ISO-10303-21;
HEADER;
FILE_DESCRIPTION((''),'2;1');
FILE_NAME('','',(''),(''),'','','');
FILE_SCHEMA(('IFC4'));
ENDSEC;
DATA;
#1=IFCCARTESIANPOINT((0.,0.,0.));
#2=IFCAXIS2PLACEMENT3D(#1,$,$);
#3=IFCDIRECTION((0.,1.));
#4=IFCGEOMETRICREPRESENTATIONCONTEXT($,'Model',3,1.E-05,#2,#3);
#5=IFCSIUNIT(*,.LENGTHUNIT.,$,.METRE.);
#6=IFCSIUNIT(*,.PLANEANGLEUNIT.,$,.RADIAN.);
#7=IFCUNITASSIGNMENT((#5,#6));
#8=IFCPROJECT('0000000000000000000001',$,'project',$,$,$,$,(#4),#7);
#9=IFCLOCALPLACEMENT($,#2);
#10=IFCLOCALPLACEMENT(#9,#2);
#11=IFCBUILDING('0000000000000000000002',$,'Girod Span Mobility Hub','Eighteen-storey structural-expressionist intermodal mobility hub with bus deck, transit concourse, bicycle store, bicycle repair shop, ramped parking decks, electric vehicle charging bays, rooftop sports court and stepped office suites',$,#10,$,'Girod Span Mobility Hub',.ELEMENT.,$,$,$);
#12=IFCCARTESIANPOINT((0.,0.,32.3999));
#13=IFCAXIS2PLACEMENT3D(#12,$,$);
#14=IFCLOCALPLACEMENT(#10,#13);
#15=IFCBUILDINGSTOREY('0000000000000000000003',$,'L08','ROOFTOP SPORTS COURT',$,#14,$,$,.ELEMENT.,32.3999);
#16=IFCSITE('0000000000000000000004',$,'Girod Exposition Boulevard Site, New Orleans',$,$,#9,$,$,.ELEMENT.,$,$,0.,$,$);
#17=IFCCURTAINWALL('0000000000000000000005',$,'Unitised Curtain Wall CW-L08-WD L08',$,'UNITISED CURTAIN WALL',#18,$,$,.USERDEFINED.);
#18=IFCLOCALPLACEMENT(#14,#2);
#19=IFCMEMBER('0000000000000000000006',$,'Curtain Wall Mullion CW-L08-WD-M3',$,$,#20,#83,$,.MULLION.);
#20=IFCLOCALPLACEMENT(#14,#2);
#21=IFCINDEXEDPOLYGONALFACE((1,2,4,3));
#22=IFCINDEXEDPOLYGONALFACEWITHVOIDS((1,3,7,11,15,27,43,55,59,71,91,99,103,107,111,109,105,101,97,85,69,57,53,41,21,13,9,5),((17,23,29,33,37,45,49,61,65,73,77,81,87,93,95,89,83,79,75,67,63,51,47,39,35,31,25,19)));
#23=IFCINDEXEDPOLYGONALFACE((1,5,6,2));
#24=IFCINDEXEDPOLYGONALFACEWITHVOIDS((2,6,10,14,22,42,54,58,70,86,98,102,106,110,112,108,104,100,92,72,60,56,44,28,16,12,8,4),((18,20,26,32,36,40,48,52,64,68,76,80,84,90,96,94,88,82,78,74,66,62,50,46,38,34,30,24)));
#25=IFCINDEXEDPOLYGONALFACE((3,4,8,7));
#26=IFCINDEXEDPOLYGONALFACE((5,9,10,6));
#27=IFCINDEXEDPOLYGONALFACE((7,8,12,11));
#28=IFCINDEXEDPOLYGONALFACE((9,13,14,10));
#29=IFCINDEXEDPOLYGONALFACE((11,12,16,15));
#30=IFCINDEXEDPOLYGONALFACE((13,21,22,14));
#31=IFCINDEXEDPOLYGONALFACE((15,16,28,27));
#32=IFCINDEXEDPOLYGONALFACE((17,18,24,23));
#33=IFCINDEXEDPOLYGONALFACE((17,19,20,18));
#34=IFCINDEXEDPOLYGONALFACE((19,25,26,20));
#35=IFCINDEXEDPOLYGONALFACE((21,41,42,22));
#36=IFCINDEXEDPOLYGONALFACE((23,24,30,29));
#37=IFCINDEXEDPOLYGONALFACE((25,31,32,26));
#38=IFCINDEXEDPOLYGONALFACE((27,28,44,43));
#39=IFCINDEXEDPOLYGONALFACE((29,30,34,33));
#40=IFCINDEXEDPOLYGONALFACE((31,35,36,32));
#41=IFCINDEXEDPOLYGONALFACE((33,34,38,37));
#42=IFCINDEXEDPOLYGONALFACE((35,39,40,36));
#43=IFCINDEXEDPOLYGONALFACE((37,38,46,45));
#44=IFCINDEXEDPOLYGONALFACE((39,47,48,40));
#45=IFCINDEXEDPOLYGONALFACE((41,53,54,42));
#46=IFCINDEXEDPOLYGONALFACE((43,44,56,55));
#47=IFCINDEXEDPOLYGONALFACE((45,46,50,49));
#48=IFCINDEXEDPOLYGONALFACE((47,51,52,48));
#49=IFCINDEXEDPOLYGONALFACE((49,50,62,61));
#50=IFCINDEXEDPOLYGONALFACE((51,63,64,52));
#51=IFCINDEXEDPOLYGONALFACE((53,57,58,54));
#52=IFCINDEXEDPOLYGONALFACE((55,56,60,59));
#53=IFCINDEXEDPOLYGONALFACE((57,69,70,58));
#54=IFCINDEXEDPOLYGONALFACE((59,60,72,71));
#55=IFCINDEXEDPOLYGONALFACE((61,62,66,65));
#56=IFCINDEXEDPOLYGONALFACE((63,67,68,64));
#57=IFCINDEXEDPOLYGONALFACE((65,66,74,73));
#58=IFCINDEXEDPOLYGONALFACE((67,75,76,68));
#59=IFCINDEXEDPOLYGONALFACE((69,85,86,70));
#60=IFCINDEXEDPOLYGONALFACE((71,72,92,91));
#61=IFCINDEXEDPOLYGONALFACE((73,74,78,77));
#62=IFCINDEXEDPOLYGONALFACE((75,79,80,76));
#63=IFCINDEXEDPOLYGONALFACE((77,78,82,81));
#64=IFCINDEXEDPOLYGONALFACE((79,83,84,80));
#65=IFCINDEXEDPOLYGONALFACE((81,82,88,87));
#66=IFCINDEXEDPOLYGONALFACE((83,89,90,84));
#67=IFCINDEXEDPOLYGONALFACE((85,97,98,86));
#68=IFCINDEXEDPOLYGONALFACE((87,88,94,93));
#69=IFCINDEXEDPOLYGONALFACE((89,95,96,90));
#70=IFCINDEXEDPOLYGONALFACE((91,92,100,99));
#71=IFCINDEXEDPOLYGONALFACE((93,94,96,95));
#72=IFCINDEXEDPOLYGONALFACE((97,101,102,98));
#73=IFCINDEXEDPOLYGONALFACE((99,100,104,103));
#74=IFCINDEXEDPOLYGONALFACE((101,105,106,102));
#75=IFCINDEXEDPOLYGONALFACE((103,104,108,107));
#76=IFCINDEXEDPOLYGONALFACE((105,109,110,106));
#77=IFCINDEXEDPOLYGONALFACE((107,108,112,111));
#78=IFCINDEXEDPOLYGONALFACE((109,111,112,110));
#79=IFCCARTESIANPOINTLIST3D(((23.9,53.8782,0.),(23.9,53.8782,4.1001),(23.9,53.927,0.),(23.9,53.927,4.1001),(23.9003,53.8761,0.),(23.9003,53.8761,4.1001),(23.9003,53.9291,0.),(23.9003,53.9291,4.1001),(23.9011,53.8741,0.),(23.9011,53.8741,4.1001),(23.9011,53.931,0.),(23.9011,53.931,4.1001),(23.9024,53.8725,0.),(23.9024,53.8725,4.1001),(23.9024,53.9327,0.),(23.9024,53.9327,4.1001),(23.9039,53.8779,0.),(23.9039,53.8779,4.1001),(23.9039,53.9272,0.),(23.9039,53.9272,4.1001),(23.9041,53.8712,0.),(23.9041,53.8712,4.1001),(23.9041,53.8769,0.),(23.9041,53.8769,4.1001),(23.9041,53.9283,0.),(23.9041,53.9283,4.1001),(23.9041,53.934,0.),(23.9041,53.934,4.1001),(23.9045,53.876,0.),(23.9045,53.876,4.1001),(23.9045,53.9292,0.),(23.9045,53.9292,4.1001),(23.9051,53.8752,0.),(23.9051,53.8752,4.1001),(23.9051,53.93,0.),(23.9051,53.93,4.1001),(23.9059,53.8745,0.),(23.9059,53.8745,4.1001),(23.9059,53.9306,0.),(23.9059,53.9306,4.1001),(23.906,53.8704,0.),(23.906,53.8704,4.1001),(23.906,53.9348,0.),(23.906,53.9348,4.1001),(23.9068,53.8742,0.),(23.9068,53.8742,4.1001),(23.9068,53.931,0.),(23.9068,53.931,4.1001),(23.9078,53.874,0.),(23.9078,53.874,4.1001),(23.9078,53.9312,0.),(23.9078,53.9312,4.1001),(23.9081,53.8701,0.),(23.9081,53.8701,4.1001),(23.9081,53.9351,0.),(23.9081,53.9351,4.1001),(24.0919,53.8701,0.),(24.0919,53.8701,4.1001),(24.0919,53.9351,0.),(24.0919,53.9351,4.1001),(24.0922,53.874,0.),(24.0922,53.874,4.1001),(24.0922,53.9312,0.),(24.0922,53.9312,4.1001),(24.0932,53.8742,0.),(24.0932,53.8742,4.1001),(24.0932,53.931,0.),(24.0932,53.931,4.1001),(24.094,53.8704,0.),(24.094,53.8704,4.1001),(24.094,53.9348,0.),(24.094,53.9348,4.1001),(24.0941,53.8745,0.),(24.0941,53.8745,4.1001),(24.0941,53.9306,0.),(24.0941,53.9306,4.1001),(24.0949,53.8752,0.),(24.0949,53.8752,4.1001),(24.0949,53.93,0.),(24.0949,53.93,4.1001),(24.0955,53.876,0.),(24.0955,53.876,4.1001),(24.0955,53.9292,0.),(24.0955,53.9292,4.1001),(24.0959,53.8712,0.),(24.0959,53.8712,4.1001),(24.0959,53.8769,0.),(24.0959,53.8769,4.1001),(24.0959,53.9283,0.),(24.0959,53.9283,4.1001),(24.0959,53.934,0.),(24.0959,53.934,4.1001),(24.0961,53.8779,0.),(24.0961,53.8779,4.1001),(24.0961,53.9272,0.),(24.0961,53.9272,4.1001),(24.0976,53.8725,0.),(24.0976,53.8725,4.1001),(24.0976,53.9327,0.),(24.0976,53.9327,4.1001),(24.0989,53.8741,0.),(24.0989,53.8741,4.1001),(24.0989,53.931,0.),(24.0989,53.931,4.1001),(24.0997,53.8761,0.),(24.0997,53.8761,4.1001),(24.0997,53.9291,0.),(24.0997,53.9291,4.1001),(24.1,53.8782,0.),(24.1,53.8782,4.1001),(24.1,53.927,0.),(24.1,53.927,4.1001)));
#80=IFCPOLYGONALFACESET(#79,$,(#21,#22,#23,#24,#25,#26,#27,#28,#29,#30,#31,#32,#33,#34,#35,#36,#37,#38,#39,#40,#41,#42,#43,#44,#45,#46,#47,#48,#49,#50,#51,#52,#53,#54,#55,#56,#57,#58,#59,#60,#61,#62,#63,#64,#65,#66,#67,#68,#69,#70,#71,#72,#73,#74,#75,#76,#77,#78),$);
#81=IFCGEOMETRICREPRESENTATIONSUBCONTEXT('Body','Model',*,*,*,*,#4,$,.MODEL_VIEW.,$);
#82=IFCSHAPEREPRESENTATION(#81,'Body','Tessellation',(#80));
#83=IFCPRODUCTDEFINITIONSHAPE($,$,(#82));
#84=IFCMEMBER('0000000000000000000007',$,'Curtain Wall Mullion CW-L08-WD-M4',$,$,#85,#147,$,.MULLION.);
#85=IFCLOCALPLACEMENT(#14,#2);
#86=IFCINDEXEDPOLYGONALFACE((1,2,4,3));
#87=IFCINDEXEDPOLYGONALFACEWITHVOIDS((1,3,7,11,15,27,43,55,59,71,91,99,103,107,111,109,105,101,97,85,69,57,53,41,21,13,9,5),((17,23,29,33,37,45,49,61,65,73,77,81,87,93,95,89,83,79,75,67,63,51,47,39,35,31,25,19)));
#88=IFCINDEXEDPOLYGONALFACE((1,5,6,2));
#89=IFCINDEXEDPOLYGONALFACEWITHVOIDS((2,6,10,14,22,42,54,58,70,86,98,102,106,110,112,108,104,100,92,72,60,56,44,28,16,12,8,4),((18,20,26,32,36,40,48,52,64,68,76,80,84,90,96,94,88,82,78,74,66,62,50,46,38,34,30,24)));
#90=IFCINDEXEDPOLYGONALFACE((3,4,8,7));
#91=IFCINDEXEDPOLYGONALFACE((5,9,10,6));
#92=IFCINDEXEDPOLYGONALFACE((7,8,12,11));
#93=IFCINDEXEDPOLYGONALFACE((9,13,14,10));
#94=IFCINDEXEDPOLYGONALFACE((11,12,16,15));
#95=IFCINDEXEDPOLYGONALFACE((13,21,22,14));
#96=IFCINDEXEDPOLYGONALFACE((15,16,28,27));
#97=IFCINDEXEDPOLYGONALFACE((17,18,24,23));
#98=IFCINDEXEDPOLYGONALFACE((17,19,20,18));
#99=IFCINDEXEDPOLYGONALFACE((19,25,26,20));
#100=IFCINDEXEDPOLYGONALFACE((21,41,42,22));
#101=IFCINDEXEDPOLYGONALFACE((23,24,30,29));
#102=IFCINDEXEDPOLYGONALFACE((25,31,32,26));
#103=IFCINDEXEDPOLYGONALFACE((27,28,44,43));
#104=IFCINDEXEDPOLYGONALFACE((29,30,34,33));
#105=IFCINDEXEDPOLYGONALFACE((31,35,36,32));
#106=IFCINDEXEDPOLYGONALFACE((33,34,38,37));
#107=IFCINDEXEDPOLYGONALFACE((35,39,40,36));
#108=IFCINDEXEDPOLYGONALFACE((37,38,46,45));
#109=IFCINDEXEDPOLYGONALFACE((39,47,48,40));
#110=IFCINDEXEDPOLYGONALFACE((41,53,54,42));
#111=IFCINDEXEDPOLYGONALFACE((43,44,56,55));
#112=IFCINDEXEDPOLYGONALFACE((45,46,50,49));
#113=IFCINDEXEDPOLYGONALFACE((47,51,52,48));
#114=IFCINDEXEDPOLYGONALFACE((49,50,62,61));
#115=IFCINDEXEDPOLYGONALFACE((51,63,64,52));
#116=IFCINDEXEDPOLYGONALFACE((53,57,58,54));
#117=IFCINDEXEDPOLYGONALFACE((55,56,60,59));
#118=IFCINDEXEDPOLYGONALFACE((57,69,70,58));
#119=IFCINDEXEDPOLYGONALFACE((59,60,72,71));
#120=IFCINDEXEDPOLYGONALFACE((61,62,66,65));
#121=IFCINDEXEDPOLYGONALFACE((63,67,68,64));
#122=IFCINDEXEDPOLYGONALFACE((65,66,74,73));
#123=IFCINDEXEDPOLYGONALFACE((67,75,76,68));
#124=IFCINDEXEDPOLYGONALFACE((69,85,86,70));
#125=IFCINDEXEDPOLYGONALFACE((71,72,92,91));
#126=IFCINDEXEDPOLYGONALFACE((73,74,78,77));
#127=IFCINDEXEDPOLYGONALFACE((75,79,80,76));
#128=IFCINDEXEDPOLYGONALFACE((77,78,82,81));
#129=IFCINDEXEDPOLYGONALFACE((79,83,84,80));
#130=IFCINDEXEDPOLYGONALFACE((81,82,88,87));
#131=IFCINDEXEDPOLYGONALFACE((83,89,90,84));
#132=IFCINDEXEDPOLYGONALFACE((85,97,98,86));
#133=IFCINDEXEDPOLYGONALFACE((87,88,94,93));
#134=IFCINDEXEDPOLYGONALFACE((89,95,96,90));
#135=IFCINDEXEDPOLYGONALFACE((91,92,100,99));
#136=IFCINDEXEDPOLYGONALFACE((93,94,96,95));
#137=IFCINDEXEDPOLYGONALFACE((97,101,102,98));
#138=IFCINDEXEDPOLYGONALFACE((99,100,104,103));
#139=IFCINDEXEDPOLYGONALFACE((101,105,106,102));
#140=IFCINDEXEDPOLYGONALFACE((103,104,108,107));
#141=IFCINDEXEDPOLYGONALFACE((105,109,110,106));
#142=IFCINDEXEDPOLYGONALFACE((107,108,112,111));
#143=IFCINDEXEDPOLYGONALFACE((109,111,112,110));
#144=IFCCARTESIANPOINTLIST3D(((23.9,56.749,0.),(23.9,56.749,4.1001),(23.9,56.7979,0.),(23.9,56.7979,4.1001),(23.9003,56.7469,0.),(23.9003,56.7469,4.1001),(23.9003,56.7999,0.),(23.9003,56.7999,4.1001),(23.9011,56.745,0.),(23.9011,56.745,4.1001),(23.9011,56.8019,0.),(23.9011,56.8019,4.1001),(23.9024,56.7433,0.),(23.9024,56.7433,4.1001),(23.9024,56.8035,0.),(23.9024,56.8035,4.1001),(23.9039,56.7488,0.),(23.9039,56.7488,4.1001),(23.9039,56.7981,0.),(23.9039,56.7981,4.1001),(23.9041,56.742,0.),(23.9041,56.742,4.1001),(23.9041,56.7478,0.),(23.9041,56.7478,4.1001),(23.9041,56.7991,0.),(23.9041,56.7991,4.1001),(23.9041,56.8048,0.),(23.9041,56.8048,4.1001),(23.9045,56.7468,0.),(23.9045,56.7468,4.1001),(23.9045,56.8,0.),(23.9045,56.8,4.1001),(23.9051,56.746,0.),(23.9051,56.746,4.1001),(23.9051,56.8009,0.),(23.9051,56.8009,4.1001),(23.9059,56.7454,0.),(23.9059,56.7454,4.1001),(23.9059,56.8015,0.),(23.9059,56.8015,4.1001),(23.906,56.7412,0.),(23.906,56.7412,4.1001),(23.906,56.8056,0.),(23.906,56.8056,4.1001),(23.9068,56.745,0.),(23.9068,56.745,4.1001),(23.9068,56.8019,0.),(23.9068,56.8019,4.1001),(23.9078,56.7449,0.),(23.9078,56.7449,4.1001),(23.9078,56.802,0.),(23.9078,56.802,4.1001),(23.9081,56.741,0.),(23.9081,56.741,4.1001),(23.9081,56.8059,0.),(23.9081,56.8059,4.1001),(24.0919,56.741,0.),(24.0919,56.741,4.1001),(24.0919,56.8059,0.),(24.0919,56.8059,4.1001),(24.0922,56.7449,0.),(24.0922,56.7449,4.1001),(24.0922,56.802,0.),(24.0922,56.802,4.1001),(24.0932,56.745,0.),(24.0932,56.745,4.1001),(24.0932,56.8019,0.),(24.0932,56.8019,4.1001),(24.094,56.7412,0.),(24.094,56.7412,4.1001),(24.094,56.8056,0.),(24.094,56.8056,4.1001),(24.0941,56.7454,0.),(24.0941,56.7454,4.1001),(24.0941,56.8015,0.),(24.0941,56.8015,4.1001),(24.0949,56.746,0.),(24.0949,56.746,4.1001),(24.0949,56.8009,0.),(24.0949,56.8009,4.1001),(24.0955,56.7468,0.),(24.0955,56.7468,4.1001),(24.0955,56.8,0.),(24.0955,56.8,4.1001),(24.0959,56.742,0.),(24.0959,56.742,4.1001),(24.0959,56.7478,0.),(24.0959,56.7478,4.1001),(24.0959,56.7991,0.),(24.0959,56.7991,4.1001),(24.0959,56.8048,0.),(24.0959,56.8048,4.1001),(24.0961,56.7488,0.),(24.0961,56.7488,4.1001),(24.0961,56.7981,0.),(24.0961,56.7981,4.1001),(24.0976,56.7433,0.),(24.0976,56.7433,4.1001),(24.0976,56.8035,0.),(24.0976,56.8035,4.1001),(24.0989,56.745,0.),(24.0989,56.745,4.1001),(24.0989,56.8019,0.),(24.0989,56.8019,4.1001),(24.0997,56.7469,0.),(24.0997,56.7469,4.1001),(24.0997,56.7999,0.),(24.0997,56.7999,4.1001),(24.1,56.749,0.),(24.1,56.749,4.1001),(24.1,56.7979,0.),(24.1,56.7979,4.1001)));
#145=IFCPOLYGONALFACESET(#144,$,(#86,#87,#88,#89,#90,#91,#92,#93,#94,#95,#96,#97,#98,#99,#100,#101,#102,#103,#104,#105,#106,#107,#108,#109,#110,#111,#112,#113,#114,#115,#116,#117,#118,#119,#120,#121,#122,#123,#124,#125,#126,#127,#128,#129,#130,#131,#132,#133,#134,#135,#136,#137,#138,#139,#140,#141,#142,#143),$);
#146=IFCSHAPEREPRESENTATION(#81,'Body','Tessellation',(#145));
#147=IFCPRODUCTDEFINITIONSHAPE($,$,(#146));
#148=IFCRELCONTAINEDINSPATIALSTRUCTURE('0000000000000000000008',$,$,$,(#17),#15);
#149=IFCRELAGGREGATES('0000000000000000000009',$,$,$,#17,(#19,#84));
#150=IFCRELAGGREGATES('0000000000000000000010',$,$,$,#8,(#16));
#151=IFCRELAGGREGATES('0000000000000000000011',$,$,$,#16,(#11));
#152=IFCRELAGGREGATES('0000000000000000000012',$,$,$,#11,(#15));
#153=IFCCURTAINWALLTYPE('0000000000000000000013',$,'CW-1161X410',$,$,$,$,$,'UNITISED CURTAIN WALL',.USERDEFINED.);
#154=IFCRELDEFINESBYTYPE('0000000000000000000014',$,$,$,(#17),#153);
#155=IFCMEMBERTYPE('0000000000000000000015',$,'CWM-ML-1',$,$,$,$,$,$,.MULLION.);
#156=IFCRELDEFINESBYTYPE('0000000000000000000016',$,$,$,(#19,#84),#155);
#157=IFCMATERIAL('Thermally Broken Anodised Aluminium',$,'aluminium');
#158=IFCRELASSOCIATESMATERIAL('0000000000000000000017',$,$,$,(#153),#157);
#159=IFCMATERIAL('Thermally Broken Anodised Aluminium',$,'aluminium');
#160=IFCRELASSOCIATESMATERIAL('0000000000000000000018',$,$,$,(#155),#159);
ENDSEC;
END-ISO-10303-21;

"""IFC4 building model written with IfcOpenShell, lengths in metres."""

from ifc_helpers import new_model, si_unit, direction, frame, origin, origin_2d, place, context, subcontext, project, spatial, hollow_rectangle, extrude, material, material_profile, profile_set, type_object, element, aggregate, save


model = new_model("IFC4")

# Units and contexts
model_context = context("Model", 3, precision=1e-05, world=origin(), true_north=direction((0.0, 1.0)))
body_context = subcontext(model_context, "Body", "Model", "MODEL_VIEW")
ifc_project = project(units=[si_unit("LENGTHUNIT", "METRE"), si_unit("PLANEANGLEUNIT", "RADIAN")], contexts=[model_context])

# Site, building, storey
site_placement = place(None, origin())
site = spatial("IfcSite", under=ifc_project, at=site_placement, Name="Girod Exposition Boulevard Site, New Orleans", CompositionType="ELEMENT", RefElevation=0.0)
building_placement = place(site_placement, origin())
building = spatial("IfcBuilding", under=site, at=building_placement, Name="Girod Span Mobility Hub", Description="Eighteen-storey structural-expressionist intermodal mobility hub with bus deck, transit concourse, bicycle store, bicycle repair shop, ramped parking decks, electric vehicle charging bays, rooftop sports court and stepped office suites", LongName="Girod Span Mobility Hub", CompositionType="ELEMENT")
storey_placement = place(building_placement, frame((0.0, 0.0, 32.3999)))
storey = spatial("IfcBuildingStorey", under=building, at=storey_placement, Name="L08", Description="ROOFTOP SPORTS COURT", CompositionType="ELEMENT", Elevation=32.3999)

# Curtain wall, members
ifc_material_1 = material(Name="Thermally Broken Anodised Aluminium", Category="aluminium")
curtain_wall_type = type_object("IfcCurtainWallType", Name="CW-1161X410", ElementType="UNITISED CURTAIN WALL", PredefinedType="USERDEFINED", material=ifc_material_1)
curtain_wall_1_placement = place(storey_placement, origin())
curtain_wall_1 = element("IfcCurtainWall", 1, at=curtain_wall_1_placement, inside=storey, type_object=curtain_wall_type, Name="Unitised Curtain Wall CW-L08-WD L08", ObjectType="UNITISED CURTAIN WALL", PredefinedType="USERDEFINED")
ifc_material_2 = material(Name="Thermally Broken Anodised Aluminium", Category="aluminium")
ifc_material_profile_1 = material_profile(ifc_material_2, hollow_rectangle(XDim=0.2, YDim=0.0649, WallThickness=0.0039, InnerFilletRadius=0.0039, OuterFilletRadius=0.0081, at=origin_2d()), Name="CW-ML-65X200")
ifc_profile_set_1 = profile_set([ifc_material_profile_1], Name="Thermally Broken Anodised Aluminium")
member_type_1 = type_object("IfcMemberType", Name="CWM-ML-1", PredefinedType="MULLION", material=ifc_profile_set_1)
member_1_placement = place(storey_placement, frame((24.0, 53.9026, 0.0), z_axis=(0.0, 0.0, 1.0), x_axis=(1.0, 0.0, 0.0)))
member_1 = element("IfcMember", 2, at=member_1_placement, type_object=member_type_1, Name="Curtain Wall Mullion CW-L08-WD-M3", PredefinedType="MULLION", context=body_context, shape_type="SweptSolid", body=[
    extrude(hollow_rectangle(XDim=0.2, YDim=0.0649, WallThickness=0.0039, InnerFilletRadius=0.0039, OuterFilletRadius=0.0081, at=origin_2d()), origin(), (0.0, 0.0, 1.0), 4.1001),
])
member_2_placement = place(storey_placement, frame((24.0, 56.7734, 0.0), z_axis=(0.0, 0.0, 1.0), x_axis=(1.0, 0.0, 0.0)))
member_2 = element("IfcMember", 3, at=member_2_placement, type_object=member_type_1, Name="Curtain Wall Mullion CW-L08-WD-M4", PredefinedType="MULLION", context=body_context, shape_type="SweptSolid", body=[
    extrude(hollow_rectangle(XDim=0.2, YDim=0.0649, WallThickness=0.0039, InnerFilletRadius=0.0039, OuterFilletRadius=0.0081, at=origin_2d()), origin(), (0.0, 0.0, 1.0), 4.1001),
])

aggregate(curtain_wall_1, [member_1, member_2])

save(model, "model.ifc")
